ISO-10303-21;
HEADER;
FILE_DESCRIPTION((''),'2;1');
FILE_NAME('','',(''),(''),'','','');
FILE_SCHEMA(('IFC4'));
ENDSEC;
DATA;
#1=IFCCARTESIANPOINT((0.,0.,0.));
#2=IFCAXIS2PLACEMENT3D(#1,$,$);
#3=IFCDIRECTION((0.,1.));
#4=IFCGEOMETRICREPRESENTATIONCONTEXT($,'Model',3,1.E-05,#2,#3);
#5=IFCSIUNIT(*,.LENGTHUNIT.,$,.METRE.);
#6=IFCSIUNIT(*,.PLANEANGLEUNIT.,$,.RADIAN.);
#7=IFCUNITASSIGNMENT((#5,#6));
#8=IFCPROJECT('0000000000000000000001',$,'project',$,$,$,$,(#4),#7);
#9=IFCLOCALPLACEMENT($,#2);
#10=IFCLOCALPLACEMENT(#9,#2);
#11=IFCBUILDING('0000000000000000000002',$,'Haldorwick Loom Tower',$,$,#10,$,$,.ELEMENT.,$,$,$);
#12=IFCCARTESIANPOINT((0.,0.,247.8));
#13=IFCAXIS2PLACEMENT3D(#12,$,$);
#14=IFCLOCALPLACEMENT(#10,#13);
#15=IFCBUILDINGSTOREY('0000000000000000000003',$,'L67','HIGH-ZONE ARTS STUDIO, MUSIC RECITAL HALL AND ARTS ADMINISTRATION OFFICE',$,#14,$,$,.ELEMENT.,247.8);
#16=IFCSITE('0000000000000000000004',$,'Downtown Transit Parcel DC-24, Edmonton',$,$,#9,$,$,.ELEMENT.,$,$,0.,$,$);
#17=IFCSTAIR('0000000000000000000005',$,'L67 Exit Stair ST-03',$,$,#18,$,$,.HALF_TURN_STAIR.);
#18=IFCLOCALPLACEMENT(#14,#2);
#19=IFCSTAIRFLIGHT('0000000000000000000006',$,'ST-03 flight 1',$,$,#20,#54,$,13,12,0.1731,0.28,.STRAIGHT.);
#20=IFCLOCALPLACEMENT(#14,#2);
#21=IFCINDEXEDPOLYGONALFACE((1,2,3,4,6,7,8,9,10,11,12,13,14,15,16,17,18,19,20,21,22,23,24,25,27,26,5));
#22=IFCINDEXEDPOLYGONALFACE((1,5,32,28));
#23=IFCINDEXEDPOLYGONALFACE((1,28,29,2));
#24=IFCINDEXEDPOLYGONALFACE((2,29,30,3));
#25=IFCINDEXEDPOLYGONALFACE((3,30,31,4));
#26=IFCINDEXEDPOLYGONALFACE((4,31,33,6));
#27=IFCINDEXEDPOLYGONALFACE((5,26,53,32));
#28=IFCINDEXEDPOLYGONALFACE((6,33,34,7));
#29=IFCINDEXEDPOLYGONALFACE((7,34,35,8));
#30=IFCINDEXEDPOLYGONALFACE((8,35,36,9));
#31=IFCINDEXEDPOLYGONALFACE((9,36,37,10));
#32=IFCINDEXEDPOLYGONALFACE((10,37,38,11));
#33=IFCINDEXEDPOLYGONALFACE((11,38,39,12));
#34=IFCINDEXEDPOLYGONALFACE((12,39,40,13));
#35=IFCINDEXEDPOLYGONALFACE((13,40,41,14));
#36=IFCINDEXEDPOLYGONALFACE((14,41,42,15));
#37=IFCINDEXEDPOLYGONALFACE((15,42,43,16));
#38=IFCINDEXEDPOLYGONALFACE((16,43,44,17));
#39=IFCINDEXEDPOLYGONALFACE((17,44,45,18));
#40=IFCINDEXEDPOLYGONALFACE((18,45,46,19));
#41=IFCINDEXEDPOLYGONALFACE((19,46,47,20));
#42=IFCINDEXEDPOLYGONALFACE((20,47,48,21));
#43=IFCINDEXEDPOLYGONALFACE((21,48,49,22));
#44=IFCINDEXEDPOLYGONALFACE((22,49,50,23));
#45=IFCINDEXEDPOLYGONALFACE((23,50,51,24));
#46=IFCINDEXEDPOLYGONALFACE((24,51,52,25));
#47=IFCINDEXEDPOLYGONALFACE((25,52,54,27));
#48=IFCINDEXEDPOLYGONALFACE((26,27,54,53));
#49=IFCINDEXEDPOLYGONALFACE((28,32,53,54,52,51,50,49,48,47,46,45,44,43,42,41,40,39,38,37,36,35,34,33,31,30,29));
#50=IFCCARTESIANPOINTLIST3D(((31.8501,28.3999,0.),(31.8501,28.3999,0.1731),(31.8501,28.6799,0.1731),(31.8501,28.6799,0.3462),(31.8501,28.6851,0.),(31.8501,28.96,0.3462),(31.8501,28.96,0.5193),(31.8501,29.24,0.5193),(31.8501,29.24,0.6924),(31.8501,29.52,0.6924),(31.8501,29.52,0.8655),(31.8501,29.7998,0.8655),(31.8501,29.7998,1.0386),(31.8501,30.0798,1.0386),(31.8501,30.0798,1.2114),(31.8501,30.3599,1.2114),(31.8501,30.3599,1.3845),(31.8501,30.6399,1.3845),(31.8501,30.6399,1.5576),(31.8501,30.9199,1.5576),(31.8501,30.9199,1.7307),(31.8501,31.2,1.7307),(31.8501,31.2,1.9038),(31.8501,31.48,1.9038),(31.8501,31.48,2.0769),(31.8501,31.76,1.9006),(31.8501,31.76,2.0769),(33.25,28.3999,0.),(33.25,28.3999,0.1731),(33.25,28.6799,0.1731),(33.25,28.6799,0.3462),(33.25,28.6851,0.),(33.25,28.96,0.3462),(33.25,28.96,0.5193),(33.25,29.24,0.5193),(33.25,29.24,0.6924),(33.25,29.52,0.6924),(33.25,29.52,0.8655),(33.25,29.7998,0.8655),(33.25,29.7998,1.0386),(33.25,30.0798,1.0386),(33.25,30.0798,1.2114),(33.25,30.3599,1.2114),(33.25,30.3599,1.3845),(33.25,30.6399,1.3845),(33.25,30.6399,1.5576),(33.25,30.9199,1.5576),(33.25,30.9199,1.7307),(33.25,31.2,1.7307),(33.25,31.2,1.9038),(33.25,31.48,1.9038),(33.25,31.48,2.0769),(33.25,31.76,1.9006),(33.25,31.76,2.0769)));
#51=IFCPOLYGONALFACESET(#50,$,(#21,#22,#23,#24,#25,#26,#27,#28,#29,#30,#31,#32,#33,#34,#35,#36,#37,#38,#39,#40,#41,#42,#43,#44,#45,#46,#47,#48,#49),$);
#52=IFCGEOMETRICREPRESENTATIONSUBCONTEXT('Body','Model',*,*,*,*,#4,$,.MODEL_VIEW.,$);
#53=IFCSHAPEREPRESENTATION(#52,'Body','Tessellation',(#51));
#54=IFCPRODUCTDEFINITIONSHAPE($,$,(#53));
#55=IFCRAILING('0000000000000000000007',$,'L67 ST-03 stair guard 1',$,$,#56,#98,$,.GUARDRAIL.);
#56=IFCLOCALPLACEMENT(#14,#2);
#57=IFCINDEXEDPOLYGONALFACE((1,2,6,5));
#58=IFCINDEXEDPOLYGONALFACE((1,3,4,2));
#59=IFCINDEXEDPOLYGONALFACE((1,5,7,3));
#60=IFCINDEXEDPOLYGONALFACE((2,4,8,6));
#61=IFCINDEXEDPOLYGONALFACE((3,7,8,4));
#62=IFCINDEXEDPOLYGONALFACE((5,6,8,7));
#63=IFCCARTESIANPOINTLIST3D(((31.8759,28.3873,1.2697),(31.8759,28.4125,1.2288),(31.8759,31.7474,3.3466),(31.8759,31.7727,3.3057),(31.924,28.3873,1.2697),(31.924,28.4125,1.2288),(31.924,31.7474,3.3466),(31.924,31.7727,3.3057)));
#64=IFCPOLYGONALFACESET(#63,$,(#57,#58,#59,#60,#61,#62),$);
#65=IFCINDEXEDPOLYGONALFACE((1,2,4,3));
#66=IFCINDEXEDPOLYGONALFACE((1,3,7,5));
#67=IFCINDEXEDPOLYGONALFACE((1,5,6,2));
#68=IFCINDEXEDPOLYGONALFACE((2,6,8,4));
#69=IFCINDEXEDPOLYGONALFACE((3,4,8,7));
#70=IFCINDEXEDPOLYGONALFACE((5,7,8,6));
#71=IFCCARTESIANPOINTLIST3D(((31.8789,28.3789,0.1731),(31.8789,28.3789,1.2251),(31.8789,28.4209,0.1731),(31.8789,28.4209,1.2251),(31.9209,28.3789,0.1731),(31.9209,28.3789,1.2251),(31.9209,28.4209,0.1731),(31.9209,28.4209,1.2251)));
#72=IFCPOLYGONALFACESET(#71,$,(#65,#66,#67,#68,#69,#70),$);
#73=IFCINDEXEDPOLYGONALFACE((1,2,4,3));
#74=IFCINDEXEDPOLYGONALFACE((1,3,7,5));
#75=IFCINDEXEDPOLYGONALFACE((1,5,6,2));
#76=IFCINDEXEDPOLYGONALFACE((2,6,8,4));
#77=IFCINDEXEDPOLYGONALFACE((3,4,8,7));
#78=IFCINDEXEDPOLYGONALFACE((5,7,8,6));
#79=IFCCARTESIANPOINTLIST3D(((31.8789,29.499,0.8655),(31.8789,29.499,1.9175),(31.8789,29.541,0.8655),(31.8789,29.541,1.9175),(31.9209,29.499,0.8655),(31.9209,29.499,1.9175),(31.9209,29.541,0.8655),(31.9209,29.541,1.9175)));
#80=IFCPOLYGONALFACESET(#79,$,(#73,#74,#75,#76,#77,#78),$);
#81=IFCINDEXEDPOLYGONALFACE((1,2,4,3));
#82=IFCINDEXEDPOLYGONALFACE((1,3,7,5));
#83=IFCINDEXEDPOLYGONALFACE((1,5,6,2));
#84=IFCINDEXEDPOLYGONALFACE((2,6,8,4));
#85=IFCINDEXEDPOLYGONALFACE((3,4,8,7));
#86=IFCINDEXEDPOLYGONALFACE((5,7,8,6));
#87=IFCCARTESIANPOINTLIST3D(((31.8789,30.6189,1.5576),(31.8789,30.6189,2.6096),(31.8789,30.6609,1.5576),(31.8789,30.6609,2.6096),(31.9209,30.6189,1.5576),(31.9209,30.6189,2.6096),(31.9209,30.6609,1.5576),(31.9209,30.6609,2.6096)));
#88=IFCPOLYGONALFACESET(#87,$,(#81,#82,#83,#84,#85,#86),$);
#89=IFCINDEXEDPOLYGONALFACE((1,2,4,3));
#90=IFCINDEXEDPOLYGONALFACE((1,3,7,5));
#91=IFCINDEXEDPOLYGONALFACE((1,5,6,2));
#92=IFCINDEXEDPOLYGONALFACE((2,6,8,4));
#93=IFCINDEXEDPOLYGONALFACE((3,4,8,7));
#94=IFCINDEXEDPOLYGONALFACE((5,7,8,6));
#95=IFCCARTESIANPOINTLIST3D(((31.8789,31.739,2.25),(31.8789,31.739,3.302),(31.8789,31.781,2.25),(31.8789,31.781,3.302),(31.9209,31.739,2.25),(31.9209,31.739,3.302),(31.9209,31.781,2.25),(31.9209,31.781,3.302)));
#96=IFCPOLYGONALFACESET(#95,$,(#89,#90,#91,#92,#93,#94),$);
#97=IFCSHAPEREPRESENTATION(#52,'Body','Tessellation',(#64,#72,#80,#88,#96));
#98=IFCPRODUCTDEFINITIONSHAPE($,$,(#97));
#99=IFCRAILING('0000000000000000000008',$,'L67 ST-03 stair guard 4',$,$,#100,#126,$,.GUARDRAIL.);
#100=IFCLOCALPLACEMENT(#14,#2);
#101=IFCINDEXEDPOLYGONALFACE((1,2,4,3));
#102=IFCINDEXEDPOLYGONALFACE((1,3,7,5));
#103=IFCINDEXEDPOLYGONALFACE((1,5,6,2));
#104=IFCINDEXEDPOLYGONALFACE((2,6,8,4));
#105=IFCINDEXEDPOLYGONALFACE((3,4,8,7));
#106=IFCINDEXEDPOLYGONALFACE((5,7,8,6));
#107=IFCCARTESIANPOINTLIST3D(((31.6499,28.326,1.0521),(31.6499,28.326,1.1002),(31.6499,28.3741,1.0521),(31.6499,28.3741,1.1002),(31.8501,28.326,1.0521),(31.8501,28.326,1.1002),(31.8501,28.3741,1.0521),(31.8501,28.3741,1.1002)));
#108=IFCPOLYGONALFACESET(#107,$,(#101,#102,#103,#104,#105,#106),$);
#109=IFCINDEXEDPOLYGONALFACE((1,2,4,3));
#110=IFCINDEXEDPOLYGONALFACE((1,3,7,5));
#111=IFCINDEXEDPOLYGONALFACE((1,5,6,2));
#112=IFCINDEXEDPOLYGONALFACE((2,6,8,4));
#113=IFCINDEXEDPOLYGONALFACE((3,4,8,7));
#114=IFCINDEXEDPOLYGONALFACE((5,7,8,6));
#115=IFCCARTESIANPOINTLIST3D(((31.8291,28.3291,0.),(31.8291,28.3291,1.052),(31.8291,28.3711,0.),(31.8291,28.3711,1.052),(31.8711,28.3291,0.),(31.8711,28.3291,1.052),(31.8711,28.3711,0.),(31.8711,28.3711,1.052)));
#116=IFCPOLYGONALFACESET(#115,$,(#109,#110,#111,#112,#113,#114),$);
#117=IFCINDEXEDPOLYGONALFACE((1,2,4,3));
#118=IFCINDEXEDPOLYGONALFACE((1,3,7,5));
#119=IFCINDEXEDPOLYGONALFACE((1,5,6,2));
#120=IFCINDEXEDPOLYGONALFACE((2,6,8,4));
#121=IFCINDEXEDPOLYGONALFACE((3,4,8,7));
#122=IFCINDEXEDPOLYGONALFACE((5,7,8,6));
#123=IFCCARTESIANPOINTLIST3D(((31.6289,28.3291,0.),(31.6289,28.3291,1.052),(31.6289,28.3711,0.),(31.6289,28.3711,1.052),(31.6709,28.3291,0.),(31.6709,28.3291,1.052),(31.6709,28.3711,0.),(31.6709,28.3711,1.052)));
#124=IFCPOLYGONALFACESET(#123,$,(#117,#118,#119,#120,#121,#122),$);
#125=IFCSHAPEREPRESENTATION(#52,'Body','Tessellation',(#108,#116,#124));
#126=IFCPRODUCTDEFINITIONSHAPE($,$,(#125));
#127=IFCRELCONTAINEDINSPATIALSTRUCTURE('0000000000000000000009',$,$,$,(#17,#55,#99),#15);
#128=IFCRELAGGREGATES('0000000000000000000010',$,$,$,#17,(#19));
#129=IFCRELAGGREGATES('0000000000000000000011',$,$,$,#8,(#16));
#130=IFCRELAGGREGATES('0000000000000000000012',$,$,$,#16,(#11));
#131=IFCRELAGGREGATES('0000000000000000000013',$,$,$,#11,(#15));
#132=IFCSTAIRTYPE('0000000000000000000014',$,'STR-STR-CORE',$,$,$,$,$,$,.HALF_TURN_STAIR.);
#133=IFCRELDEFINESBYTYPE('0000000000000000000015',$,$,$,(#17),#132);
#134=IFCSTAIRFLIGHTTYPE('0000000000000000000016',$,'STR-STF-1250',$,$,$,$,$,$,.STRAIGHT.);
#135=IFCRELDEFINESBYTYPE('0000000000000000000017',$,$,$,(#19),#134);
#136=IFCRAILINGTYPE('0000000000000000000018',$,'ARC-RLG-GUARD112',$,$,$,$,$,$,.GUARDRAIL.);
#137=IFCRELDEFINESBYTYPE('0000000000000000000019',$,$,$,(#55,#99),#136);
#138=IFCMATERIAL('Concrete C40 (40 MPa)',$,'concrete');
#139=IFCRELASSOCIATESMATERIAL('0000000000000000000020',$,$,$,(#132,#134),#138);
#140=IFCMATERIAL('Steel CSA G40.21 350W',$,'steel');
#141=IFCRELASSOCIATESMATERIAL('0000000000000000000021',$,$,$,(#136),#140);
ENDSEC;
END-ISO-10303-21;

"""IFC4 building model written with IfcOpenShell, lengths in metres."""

from ifc_helpers import new_model, si_unit, direction, frame, origin, origin_2d, place, context, subcontext, project, spatial, polyline, rectangle, outline, extrude, material, type_object, element, aggregate, save


model = new_model("IFC4")

# Units and contexts
model_context = context("Model", 3, precision=1e-05, world=origin(), true_north=direction((0.0, 1.0)))
body_context = subcontext(model_context, "Body", "Model", "MODEL_VIEW")
ifc_project = project(units=[si_unit("LENGTHUNIT", "METRE"), si_unit("PLANEANGLEUNIT", "RADIAN")], contexts=[model_context])

# Site, building, storey
site_placement = place(None, origin())
site = spatial("IfcSite", under=ifc_project, at=site_placement, Name="Downtown Transit Parcel DC-24, Edmonton", CompositionType="ELEMENT", RefElevation=0.0)
building_placement = place(site_placement, origin())
building = spatial("IfcBuilding", under=site, at=building_placement, Name="Haldorwick Loom Tower", CompositionType="ELEMENT")
storey_placement = place(building_placement, frame((0.0, 0.0, 247.8)))
storey = spatial("IfcBuildingStorey", under=building, at=storey_placement, Name="L67", Description="HIGH-ZONE ARTS STUDIO, MUSIC RECITAL HALL AND ARTS ADMINISTRATION OFFICE", CompositionType="ELEMENT", Elevation=247.8)

# Shared definitions
ifc_material_1 = material(Name="Steel CSA G40.21 350W", Category="steel")

# Stair, stair flight
ifc_material_2 = material(Name="Concrete C40 (40 MPa)", Category="concrete")
stair_type = type_object("IfcStairType", Name="STR-STR-CORE", PredefinedType="HALF_TURN_STAIR", material=ifc_material_2)
stair_placement = place(storey_placement, origin())
stair = element("IfcStair", 1, at=stair_placement, inside=storey, type_object=stair_type, Name="L67 Exit Stair ST-03", PredefinedType="HALF_TURN_STAIR")
stair_flight_type = type_object("IfcStairFlightType", Name="STR-STF-1250", PredefinedType="STRAIGHT", material=ifc_material_2)
stair_flight_placement = place(storey_placement, frame((32.55, 28.3999, 0.0), z_axis=(0.0, 0.0, 1.0), x_axis=(0.0, 1.0, 0.0)))
stair_flight = element("IfcStairFlight", 2, at=stair_flight_placement, type_object=stair_flight_type, Name="ST-03 flight 1", NumberOfRisers=13, NumberOfTreads=12, PredefinedType="STRAIGHT", RiserHeight=0.1731, TreadLength=0.28, context=body_context, shape_type="SweptSolid", body=[
    extrude(outline(polyline([(0.0, 0.0), (0.0, 0.1731), (0.28, 0.1731), (0.28, 0.3462), (0.5601, 0.3462), (0.5601, 0.5193), (0.8401, 0.5193), (0.8401, 0.6924), (1.1201, 0.6924), (1.1201, 0.8655), (1.3999, 0.8655), (1.3999, 1.0386), (1.6799, 1.0386), (1.6799, 1.2114), (1.96, 1.2114), (1.96, 1.3845), (2.24, 1.3845), (2.24, 1.5576), (2.52, 1.5576), (2.52, 1.7307), (2.8, 1.7307), (2.8, 1.9038), (3.0801, 1.9038), (3.0801, 2.0769), (3.3601, 2.0769), (3.3601, 2.25), (3.3601, 1.9006), (0.2852, 0.0), (0.0, 0.0)])), frame((0.0, 0.7, 0.0), z_axis=(0.0, -1.0, 0.0), x_axis=(1.0, 0.0, 0.0)), (0.0, 0.0, 1.0), 1.3999),
])
aggregate(stair, [stair_flight])

# Railings
railing_type = type_object("IfcRailingType", Name="ARC-RLG-GUARD112", PredefinedType="GUARDRAIL", material=ifc_material_1)
railing_1_placement = place(storey_placement, frame((31.8999, 28.3999, 0.1731)))
element("IfcRailing", 3, at=railing_1_placement, inside=storey, type_object=railing_type, Name="L67 ST-03 stair guard 1", PredefinedType="GUARDRAIL", context=body_context, shape_type="SweptSolid", body=[
    extrude(rectangle(XDim=0.0481, YDim=0.0481, at=origin_2d()), frame((0.0, 0.0, 1.0762), z_axis=(0.0, 0.850623, 0.525776), x_axis=(-1.0, 0.0, 0.0)), (0.0, 0.0, 1.0), 3.9502),
    extrude(rectangle(XDim=0.042, YDim=0.042, at=origin_2d()), origin(), (0.0, 0.0, 1.0), 1.052),
    extrude(rectangle(XDim=0.042, YDim=0.042, at=origin_2d()), frame((0.0, 1.1201, 0.6924)), (0.0, 0.0, 1.0), 1.052),
    extrude(rectangle(XDim=0.042, YDim=0.042, at=origin_2d()), frame((0.0, 2.24, 1.3845)), (0.0, 0.0, 1.0), 1.052),
    extrude(rectangle(XDim=0.042, YDim=0.042, at=origin_2d()), frame((0.0, 3.3601, 2.0769)), (0.0, 0.0, 1.0), 1.052),
])
railing_2_placement = place(storey_placement, frame((31.8501, 28.3501, 0.0)))
element("IfcRailing", 4, at=railing_2_placement, inside=storey, type_object=railing_type, Name="L67 ST-03 stair guard 4", PredefinedType="GUARDRAIL", context=body_context, shape_type="SweptSolid", body=[
    extrude(rectangle(XDim=0.0481, YDim=0.0481, at=origin_2d()), frame((0.0, 0.0, 1.0762), z_axis=(-1.0, 0.0, 0.0), x_axis=(0.0, -1.0, 0.0)), (0.0, 0.0, 1.0), 0.2002),
    extrude(rectangle(XDim=0.042, YDim=0.042, at=origin_2d()), origin(), (0.0, 0.0, 1.0), 1.052),
    extrude(rectangle(XDim=0.042, YDim=0.042, at=origin_2d()), frame((-0.2002, 0.0, 0.0)), (0.0, 0.0, 1.0), 1.052),
])

save(model, "model.ifc")
